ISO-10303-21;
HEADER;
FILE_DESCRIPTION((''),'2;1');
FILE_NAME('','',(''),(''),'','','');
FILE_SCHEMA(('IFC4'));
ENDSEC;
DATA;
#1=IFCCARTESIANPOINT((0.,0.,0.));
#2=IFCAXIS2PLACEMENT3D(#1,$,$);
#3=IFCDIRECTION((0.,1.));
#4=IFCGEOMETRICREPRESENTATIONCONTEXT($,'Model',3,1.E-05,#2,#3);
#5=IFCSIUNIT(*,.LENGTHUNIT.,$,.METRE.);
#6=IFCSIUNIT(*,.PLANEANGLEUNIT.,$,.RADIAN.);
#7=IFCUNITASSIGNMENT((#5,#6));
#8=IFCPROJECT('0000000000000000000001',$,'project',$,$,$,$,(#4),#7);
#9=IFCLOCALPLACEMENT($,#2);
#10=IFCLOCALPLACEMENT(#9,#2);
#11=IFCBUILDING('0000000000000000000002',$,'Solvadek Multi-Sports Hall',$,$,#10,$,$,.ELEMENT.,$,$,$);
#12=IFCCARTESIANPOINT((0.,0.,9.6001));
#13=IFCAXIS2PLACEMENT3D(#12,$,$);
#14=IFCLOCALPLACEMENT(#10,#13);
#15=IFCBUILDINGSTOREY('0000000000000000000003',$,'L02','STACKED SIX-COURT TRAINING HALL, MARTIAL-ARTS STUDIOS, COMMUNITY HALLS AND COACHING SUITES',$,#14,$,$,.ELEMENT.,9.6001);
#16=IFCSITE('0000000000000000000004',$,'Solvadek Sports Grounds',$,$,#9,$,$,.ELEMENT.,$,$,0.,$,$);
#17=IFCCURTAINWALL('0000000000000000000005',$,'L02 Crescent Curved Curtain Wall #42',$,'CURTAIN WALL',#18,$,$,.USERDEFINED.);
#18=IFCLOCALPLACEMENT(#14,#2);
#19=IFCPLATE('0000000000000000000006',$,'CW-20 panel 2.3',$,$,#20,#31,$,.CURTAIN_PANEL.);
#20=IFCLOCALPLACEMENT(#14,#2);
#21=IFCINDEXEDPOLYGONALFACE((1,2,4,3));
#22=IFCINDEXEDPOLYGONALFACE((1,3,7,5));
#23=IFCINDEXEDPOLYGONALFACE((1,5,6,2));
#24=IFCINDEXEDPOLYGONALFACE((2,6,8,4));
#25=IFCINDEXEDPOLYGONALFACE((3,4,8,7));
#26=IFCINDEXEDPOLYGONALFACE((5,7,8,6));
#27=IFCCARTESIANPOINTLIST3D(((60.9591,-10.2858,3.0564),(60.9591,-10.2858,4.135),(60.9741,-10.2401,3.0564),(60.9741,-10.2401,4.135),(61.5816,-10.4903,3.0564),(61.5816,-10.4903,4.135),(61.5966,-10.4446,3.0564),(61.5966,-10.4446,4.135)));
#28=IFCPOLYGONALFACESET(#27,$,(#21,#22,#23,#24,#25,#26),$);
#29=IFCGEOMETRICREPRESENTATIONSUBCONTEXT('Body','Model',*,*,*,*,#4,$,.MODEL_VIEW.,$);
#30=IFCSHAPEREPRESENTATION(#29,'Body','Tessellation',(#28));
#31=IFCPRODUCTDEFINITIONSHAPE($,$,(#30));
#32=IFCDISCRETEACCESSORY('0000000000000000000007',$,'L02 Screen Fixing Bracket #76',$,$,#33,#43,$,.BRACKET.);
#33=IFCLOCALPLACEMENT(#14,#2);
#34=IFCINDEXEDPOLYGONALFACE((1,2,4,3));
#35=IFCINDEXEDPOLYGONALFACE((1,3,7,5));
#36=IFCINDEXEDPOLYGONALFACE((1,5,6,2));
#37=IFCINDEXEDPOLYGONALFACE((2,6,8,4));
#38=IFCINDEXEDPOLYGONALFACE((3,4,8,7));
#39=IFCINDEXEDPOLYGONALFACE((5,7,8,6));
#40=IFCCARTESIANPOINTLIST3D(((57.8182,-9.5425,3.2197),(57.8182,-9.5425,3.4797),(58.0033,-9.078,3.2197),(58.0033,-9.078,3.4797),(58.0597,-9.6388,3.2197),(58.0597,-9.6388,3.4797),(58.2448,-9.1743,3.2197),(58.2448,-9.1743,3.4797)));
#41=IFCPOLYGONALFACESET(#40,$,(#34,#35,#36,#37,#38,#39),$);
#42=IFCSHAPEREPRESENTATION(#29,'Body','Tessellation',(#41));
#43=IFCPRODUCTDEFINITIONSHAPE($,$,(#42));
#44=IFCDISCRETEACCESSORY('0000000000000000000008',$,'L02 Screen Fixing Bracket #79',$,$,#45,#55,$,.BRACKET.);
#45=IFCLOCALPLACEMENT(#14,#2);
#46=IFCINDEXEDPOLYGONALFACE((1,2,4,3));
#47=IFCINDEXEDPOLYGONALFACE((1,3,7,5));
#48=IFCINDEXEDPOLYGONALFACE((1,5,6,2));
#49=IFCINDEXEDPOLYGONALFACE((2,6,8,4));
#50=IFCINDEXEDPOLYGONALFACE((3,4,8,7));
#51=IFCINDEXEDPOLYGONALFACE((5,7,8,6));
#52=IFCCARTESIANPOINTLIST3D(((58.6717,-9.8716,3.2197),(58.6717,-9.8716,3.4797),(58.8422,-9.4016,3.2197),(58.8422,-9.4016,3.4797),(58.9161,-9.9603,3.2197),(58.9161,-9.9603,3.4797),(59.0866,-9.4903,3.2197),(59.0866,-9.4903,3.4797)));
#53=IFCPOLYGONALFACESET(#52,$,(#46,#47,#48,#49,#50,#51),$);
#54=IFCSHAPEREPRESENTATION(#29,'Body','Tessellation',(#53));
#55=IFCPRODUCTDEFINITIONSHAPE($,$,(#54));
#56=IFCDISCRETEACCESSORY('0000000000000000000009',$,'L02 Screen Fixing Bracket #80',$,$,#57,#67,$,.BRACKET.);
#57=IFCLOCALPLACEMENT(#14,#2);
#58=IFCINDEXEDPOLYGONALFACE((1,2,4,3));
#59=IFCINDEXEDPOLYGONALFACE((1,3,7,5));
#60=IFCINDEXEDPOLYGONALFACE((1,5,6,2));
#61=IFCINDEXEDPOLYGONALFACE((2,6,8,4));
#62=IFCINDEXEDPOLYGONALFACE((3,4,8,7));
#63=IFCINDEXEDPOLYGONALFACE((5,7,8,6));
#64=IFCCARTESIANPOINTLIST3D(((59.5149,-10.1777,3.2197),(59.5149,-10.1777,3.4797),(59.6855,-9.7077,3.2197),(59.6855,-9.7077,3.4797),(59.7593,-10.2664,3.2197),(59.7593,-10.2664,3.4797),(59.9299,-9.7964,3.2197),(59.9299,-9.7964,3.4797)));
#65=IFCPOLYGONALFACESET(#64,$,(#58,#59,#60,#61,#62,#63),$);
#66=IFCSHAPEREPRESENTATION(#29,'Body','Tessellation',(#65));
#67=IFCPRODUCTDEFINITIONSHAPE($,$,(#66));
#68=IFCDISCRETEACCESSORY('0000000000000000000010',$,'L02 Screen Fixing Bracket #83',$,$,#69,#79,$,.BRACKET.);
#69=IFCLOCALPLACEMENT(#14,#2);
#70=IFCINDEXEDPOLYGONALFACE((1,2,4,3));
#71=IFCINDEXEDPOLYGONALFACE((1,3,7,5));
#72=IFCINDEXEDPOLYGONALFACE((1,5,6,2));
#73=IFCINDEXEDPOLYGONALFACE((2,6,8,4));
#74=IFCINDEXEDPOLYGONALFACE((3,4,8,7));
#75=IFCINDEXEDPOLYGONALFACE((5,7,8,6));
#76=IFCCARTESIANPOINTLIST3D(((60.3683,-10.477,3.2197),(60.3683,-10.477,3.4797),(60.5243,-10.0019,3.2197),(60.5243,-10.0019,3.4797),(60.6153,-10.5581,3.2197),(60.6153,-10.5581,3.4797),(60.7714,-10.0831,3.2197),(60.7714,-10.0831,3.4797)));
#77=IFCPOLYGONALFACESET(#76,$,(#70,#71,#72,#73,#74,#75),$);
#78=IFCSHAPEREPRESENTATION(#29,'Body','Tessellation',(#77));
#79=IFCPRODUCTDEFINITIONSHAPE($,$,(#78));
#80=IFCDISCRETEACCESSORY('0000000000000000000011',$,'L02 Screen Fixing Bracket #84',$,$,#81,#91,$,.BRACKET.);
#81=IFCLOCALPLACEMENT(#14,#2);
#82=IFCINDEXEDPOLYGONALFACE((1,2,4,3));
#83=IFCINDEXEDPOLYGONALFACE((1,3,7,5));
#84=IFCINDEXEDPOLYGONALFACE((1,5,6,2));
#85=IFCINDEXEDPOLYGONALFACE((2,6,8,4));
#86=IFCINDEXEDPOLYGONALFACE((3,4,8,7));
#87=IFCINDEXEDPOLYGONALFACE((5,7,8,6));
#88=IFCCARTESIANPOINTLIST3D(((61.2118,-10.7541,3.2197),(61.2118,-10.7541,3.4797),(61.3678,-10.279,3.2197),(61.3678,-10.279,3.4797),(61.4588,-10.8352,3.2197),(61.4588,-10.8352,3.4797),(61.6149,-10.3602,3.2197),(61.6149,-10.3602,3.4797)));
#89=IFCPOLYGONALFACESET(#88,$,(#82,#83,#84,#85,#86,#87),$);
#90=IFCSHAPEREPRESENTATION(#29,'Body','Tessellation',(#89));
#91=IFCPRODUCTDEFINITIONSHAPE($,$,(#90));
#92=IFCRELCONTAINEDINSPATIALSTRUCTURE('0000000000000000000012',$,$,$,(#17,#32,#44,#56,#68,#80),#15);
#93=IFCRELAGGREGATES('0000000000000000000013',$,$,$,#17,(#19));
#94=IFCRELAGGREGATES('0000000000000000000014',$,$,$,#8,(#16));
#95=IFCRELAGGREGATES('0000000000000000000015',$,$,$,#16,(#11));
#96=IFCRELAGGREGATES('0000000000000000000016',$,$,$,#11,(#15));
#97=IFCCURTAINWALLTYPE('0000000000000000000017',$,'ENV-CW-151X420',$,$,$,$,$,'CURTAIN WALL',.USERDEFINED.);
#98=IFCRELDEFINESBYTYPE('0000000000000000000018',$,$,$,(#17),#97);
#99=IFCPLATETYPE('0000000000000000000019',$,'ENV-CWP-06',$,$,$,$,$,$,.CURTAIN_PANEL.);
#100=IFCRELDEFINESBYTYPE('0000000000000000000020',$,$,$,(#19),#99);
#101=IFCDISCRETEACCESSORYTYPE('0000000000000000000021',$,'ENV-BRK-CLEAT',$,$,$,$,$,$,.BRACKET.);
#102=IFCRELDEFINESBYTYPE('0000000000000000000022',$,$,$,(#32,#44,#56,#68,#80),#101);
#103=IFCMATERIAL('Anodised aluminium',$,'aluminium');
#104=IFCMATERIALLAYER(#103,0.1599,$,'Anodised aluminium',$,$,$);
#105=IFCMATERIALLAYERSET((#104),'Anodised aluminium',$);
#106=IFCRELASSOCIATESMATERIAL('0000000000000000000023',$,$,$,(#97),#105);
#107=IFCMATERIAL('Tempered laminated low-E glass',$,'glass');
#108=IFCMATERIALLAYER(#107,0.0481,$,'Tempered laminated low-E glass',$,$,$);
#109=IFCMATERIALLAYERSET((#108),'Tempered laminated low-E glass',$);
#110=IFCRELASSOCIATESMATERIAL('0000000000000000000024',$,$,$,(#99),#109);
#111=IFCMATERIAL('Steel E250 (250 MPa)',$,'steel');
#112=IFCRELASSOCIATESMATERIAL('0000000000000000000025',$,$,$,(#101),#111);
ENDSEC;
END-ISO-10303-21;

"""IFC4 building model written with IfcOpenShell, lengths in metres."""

from ifc_helpers import new_model, si_unit, direction, frame, origin, origin_2d, place, context, subcontext, project, spatial, rectangle, extrude, material, layer, layer_set, type_object, element, aggregate, save


model = new_model("IFC4")

# Units and contexts
model_context = context("Model", 3, precision=1e-05, world=origin(), true_north=direction((0.0, 1.0)))
body_context = subcontext(model_context, "Body", "Model", "MODEL_VIEW")
ifc_project = project(units=[si_unit("LENGTHUNIT", "METRE"), si_unit("PLANEANGLEUNIT", "RADIAN")], contexts=[model_context])

# Site, building, storey
site_placement = place(None, origin())
site = spatial("IfcSite", under=ifc_project, at=site_placement, Name="Solvadek Sports Grounds", CompositionType="ELEMENT", RefElevation=0.0)
building_placement = place(site_placement, origin())
building = spatial("IfcBuilding", under=site, at=building_placement, Name="Solvadek Multi-Sports Hall", CompositionType="ELEMENT")
storey_placement = place(building_placement, frame((0.0, 0.0, 9.6001)))
storey = spatial("IfcBuildingStorey", under=building, at=storey_placement, Name="L02", Description="STACKED SIX-COURT TRAINING HALL, MARTIAL-ARTS STUDIOS, COMMUNITY HALLS AND COACHING SUITES", CompositionType="ELEMENT", Elevation=9.6001)

# Curtain wall
ifc_material_1 = material(Name="Anodised aluminium", Category="aluminium")
ifc_layer_1 = layer(ifc_material_1, 0.1599, Name="Anodised aluminium")
ifc_layer_set_1 = layer_set([ifc_layer_1], Name="Anodised aluminium")
curtain_wall_type_1 = type_object("IfcCurtainWallType", Name="ENV-CW-151X420", ElementType="CURTAIN WALL", PredefinedType="USERDEFINED", material=ifc_layer_set_1)
curtain_wall_1_placement = place(storey_placement, origin())
curtain_wall_1 = element("IfcCurtainWall", 1, at=curtain_wall_1_placement, inside=storey, type_object=curtain_wall_type_1, Name="L02 Crescent Curved Curtain Wall #42", ObjectType="CURTAIN WALL", PredefinedType="USERDEFINED")

# Plate
ifc_material_2 = material(Name="Tempered laminated low-E glass", Category="glass")
ifc_layer_2 = layer(ifc_material_2, 0.0481, Name="Tempered laminated low-E glass")
ifc_layer_set_2 = layer_set([ifc_layer_2], Name="Tempered laminated low-E glass")
plate_type_1 = type_object("IfcPlateType", Name="ENV-CWP-06", PredefinedType="CURTAIN_PANEL", material=ifc_layer_set_2)
plate_1_placement = place(storey_placement, frame((61.2778, -10.3652, 3.0564), z_axis=(0.0, 0.0, 1.0), x_axis=(0.950049, -0.3121, 0.0)))
plate_1 = element("IfcPlate", 2, at=plate_1_placement, type_object=plate_type_1, Name="CW-20 panel 2.3", PredefinedType="CURTAIN_PANEL", context=body_context, shape_type="SweptSolid", body=[
    extrude(rectangle(XDim=0.6553, YDim=0.0481, at=origin_2d()), origin(), (0.0, 0.0, 1.0), 1.0786),
])
aggregate(curtain_wall_1, [plate_1])

# Discrete accessories
ifc_material_3 = material(Name="Steel E250 (250 MPa)", Category="steel")
discrete_accessory_type = type_object("IfcDiscreteAccessoryType", Name="ENV-BRK-CLEAT", PredefinedType="BRACKET", material=ifc_material_3)
for number, where, z_axis, x_axis, name in (
    (3, (58.0315, -9.3584, 3.2197), (0.0, 0.0, 1.0), (0.928981, -0.370128, 0.0), "L02 Screen Fixing Bracket #76"),
    (4, (58.8792, -9.6809, 3.2197), (0.0, 0.0, 1.0), (0.940005, -0.341161, 0.0), "L02 Screen Fixing Bracket #79"),
    (5, (59.7224, -9.9871, 3.2197), (0.0, 0.0, 1.0), (0.940005, -0.341161, 0.0), "L02 Screen Fixing Bracket #80"),
    (6, (60.5698, -10.28, 3.2197), (0.0, 0.0, 1.0), (0.950043, -0.312119, 0.0), "L02 Screen Fixing Bracket #83"),
    (7, (61.4133, -10.5571, 3.2197), (0.0, 0.0, 1.0), (0.950043, -0.312119, 0.0), "L02 Screen Fixing Bracket #84"),
):
    element("IfcDiscreteAccessory", number, at=place(storey_placement, frame(where, z_axis=z_axis, x_axis=x_axis)), inside=storey, type_object=discrete_accessory_type, Name=name, PredefinedType="BRACKET", context=body_context, shape_type="SweptSolid", body=[
        extrude(rectangle(XDim=0.26, YDim=0.5, at=origin_2d()), origin(), (0.0, 0.0, 1.0), 0.26),
    ])

save(model, "model.ifc")
